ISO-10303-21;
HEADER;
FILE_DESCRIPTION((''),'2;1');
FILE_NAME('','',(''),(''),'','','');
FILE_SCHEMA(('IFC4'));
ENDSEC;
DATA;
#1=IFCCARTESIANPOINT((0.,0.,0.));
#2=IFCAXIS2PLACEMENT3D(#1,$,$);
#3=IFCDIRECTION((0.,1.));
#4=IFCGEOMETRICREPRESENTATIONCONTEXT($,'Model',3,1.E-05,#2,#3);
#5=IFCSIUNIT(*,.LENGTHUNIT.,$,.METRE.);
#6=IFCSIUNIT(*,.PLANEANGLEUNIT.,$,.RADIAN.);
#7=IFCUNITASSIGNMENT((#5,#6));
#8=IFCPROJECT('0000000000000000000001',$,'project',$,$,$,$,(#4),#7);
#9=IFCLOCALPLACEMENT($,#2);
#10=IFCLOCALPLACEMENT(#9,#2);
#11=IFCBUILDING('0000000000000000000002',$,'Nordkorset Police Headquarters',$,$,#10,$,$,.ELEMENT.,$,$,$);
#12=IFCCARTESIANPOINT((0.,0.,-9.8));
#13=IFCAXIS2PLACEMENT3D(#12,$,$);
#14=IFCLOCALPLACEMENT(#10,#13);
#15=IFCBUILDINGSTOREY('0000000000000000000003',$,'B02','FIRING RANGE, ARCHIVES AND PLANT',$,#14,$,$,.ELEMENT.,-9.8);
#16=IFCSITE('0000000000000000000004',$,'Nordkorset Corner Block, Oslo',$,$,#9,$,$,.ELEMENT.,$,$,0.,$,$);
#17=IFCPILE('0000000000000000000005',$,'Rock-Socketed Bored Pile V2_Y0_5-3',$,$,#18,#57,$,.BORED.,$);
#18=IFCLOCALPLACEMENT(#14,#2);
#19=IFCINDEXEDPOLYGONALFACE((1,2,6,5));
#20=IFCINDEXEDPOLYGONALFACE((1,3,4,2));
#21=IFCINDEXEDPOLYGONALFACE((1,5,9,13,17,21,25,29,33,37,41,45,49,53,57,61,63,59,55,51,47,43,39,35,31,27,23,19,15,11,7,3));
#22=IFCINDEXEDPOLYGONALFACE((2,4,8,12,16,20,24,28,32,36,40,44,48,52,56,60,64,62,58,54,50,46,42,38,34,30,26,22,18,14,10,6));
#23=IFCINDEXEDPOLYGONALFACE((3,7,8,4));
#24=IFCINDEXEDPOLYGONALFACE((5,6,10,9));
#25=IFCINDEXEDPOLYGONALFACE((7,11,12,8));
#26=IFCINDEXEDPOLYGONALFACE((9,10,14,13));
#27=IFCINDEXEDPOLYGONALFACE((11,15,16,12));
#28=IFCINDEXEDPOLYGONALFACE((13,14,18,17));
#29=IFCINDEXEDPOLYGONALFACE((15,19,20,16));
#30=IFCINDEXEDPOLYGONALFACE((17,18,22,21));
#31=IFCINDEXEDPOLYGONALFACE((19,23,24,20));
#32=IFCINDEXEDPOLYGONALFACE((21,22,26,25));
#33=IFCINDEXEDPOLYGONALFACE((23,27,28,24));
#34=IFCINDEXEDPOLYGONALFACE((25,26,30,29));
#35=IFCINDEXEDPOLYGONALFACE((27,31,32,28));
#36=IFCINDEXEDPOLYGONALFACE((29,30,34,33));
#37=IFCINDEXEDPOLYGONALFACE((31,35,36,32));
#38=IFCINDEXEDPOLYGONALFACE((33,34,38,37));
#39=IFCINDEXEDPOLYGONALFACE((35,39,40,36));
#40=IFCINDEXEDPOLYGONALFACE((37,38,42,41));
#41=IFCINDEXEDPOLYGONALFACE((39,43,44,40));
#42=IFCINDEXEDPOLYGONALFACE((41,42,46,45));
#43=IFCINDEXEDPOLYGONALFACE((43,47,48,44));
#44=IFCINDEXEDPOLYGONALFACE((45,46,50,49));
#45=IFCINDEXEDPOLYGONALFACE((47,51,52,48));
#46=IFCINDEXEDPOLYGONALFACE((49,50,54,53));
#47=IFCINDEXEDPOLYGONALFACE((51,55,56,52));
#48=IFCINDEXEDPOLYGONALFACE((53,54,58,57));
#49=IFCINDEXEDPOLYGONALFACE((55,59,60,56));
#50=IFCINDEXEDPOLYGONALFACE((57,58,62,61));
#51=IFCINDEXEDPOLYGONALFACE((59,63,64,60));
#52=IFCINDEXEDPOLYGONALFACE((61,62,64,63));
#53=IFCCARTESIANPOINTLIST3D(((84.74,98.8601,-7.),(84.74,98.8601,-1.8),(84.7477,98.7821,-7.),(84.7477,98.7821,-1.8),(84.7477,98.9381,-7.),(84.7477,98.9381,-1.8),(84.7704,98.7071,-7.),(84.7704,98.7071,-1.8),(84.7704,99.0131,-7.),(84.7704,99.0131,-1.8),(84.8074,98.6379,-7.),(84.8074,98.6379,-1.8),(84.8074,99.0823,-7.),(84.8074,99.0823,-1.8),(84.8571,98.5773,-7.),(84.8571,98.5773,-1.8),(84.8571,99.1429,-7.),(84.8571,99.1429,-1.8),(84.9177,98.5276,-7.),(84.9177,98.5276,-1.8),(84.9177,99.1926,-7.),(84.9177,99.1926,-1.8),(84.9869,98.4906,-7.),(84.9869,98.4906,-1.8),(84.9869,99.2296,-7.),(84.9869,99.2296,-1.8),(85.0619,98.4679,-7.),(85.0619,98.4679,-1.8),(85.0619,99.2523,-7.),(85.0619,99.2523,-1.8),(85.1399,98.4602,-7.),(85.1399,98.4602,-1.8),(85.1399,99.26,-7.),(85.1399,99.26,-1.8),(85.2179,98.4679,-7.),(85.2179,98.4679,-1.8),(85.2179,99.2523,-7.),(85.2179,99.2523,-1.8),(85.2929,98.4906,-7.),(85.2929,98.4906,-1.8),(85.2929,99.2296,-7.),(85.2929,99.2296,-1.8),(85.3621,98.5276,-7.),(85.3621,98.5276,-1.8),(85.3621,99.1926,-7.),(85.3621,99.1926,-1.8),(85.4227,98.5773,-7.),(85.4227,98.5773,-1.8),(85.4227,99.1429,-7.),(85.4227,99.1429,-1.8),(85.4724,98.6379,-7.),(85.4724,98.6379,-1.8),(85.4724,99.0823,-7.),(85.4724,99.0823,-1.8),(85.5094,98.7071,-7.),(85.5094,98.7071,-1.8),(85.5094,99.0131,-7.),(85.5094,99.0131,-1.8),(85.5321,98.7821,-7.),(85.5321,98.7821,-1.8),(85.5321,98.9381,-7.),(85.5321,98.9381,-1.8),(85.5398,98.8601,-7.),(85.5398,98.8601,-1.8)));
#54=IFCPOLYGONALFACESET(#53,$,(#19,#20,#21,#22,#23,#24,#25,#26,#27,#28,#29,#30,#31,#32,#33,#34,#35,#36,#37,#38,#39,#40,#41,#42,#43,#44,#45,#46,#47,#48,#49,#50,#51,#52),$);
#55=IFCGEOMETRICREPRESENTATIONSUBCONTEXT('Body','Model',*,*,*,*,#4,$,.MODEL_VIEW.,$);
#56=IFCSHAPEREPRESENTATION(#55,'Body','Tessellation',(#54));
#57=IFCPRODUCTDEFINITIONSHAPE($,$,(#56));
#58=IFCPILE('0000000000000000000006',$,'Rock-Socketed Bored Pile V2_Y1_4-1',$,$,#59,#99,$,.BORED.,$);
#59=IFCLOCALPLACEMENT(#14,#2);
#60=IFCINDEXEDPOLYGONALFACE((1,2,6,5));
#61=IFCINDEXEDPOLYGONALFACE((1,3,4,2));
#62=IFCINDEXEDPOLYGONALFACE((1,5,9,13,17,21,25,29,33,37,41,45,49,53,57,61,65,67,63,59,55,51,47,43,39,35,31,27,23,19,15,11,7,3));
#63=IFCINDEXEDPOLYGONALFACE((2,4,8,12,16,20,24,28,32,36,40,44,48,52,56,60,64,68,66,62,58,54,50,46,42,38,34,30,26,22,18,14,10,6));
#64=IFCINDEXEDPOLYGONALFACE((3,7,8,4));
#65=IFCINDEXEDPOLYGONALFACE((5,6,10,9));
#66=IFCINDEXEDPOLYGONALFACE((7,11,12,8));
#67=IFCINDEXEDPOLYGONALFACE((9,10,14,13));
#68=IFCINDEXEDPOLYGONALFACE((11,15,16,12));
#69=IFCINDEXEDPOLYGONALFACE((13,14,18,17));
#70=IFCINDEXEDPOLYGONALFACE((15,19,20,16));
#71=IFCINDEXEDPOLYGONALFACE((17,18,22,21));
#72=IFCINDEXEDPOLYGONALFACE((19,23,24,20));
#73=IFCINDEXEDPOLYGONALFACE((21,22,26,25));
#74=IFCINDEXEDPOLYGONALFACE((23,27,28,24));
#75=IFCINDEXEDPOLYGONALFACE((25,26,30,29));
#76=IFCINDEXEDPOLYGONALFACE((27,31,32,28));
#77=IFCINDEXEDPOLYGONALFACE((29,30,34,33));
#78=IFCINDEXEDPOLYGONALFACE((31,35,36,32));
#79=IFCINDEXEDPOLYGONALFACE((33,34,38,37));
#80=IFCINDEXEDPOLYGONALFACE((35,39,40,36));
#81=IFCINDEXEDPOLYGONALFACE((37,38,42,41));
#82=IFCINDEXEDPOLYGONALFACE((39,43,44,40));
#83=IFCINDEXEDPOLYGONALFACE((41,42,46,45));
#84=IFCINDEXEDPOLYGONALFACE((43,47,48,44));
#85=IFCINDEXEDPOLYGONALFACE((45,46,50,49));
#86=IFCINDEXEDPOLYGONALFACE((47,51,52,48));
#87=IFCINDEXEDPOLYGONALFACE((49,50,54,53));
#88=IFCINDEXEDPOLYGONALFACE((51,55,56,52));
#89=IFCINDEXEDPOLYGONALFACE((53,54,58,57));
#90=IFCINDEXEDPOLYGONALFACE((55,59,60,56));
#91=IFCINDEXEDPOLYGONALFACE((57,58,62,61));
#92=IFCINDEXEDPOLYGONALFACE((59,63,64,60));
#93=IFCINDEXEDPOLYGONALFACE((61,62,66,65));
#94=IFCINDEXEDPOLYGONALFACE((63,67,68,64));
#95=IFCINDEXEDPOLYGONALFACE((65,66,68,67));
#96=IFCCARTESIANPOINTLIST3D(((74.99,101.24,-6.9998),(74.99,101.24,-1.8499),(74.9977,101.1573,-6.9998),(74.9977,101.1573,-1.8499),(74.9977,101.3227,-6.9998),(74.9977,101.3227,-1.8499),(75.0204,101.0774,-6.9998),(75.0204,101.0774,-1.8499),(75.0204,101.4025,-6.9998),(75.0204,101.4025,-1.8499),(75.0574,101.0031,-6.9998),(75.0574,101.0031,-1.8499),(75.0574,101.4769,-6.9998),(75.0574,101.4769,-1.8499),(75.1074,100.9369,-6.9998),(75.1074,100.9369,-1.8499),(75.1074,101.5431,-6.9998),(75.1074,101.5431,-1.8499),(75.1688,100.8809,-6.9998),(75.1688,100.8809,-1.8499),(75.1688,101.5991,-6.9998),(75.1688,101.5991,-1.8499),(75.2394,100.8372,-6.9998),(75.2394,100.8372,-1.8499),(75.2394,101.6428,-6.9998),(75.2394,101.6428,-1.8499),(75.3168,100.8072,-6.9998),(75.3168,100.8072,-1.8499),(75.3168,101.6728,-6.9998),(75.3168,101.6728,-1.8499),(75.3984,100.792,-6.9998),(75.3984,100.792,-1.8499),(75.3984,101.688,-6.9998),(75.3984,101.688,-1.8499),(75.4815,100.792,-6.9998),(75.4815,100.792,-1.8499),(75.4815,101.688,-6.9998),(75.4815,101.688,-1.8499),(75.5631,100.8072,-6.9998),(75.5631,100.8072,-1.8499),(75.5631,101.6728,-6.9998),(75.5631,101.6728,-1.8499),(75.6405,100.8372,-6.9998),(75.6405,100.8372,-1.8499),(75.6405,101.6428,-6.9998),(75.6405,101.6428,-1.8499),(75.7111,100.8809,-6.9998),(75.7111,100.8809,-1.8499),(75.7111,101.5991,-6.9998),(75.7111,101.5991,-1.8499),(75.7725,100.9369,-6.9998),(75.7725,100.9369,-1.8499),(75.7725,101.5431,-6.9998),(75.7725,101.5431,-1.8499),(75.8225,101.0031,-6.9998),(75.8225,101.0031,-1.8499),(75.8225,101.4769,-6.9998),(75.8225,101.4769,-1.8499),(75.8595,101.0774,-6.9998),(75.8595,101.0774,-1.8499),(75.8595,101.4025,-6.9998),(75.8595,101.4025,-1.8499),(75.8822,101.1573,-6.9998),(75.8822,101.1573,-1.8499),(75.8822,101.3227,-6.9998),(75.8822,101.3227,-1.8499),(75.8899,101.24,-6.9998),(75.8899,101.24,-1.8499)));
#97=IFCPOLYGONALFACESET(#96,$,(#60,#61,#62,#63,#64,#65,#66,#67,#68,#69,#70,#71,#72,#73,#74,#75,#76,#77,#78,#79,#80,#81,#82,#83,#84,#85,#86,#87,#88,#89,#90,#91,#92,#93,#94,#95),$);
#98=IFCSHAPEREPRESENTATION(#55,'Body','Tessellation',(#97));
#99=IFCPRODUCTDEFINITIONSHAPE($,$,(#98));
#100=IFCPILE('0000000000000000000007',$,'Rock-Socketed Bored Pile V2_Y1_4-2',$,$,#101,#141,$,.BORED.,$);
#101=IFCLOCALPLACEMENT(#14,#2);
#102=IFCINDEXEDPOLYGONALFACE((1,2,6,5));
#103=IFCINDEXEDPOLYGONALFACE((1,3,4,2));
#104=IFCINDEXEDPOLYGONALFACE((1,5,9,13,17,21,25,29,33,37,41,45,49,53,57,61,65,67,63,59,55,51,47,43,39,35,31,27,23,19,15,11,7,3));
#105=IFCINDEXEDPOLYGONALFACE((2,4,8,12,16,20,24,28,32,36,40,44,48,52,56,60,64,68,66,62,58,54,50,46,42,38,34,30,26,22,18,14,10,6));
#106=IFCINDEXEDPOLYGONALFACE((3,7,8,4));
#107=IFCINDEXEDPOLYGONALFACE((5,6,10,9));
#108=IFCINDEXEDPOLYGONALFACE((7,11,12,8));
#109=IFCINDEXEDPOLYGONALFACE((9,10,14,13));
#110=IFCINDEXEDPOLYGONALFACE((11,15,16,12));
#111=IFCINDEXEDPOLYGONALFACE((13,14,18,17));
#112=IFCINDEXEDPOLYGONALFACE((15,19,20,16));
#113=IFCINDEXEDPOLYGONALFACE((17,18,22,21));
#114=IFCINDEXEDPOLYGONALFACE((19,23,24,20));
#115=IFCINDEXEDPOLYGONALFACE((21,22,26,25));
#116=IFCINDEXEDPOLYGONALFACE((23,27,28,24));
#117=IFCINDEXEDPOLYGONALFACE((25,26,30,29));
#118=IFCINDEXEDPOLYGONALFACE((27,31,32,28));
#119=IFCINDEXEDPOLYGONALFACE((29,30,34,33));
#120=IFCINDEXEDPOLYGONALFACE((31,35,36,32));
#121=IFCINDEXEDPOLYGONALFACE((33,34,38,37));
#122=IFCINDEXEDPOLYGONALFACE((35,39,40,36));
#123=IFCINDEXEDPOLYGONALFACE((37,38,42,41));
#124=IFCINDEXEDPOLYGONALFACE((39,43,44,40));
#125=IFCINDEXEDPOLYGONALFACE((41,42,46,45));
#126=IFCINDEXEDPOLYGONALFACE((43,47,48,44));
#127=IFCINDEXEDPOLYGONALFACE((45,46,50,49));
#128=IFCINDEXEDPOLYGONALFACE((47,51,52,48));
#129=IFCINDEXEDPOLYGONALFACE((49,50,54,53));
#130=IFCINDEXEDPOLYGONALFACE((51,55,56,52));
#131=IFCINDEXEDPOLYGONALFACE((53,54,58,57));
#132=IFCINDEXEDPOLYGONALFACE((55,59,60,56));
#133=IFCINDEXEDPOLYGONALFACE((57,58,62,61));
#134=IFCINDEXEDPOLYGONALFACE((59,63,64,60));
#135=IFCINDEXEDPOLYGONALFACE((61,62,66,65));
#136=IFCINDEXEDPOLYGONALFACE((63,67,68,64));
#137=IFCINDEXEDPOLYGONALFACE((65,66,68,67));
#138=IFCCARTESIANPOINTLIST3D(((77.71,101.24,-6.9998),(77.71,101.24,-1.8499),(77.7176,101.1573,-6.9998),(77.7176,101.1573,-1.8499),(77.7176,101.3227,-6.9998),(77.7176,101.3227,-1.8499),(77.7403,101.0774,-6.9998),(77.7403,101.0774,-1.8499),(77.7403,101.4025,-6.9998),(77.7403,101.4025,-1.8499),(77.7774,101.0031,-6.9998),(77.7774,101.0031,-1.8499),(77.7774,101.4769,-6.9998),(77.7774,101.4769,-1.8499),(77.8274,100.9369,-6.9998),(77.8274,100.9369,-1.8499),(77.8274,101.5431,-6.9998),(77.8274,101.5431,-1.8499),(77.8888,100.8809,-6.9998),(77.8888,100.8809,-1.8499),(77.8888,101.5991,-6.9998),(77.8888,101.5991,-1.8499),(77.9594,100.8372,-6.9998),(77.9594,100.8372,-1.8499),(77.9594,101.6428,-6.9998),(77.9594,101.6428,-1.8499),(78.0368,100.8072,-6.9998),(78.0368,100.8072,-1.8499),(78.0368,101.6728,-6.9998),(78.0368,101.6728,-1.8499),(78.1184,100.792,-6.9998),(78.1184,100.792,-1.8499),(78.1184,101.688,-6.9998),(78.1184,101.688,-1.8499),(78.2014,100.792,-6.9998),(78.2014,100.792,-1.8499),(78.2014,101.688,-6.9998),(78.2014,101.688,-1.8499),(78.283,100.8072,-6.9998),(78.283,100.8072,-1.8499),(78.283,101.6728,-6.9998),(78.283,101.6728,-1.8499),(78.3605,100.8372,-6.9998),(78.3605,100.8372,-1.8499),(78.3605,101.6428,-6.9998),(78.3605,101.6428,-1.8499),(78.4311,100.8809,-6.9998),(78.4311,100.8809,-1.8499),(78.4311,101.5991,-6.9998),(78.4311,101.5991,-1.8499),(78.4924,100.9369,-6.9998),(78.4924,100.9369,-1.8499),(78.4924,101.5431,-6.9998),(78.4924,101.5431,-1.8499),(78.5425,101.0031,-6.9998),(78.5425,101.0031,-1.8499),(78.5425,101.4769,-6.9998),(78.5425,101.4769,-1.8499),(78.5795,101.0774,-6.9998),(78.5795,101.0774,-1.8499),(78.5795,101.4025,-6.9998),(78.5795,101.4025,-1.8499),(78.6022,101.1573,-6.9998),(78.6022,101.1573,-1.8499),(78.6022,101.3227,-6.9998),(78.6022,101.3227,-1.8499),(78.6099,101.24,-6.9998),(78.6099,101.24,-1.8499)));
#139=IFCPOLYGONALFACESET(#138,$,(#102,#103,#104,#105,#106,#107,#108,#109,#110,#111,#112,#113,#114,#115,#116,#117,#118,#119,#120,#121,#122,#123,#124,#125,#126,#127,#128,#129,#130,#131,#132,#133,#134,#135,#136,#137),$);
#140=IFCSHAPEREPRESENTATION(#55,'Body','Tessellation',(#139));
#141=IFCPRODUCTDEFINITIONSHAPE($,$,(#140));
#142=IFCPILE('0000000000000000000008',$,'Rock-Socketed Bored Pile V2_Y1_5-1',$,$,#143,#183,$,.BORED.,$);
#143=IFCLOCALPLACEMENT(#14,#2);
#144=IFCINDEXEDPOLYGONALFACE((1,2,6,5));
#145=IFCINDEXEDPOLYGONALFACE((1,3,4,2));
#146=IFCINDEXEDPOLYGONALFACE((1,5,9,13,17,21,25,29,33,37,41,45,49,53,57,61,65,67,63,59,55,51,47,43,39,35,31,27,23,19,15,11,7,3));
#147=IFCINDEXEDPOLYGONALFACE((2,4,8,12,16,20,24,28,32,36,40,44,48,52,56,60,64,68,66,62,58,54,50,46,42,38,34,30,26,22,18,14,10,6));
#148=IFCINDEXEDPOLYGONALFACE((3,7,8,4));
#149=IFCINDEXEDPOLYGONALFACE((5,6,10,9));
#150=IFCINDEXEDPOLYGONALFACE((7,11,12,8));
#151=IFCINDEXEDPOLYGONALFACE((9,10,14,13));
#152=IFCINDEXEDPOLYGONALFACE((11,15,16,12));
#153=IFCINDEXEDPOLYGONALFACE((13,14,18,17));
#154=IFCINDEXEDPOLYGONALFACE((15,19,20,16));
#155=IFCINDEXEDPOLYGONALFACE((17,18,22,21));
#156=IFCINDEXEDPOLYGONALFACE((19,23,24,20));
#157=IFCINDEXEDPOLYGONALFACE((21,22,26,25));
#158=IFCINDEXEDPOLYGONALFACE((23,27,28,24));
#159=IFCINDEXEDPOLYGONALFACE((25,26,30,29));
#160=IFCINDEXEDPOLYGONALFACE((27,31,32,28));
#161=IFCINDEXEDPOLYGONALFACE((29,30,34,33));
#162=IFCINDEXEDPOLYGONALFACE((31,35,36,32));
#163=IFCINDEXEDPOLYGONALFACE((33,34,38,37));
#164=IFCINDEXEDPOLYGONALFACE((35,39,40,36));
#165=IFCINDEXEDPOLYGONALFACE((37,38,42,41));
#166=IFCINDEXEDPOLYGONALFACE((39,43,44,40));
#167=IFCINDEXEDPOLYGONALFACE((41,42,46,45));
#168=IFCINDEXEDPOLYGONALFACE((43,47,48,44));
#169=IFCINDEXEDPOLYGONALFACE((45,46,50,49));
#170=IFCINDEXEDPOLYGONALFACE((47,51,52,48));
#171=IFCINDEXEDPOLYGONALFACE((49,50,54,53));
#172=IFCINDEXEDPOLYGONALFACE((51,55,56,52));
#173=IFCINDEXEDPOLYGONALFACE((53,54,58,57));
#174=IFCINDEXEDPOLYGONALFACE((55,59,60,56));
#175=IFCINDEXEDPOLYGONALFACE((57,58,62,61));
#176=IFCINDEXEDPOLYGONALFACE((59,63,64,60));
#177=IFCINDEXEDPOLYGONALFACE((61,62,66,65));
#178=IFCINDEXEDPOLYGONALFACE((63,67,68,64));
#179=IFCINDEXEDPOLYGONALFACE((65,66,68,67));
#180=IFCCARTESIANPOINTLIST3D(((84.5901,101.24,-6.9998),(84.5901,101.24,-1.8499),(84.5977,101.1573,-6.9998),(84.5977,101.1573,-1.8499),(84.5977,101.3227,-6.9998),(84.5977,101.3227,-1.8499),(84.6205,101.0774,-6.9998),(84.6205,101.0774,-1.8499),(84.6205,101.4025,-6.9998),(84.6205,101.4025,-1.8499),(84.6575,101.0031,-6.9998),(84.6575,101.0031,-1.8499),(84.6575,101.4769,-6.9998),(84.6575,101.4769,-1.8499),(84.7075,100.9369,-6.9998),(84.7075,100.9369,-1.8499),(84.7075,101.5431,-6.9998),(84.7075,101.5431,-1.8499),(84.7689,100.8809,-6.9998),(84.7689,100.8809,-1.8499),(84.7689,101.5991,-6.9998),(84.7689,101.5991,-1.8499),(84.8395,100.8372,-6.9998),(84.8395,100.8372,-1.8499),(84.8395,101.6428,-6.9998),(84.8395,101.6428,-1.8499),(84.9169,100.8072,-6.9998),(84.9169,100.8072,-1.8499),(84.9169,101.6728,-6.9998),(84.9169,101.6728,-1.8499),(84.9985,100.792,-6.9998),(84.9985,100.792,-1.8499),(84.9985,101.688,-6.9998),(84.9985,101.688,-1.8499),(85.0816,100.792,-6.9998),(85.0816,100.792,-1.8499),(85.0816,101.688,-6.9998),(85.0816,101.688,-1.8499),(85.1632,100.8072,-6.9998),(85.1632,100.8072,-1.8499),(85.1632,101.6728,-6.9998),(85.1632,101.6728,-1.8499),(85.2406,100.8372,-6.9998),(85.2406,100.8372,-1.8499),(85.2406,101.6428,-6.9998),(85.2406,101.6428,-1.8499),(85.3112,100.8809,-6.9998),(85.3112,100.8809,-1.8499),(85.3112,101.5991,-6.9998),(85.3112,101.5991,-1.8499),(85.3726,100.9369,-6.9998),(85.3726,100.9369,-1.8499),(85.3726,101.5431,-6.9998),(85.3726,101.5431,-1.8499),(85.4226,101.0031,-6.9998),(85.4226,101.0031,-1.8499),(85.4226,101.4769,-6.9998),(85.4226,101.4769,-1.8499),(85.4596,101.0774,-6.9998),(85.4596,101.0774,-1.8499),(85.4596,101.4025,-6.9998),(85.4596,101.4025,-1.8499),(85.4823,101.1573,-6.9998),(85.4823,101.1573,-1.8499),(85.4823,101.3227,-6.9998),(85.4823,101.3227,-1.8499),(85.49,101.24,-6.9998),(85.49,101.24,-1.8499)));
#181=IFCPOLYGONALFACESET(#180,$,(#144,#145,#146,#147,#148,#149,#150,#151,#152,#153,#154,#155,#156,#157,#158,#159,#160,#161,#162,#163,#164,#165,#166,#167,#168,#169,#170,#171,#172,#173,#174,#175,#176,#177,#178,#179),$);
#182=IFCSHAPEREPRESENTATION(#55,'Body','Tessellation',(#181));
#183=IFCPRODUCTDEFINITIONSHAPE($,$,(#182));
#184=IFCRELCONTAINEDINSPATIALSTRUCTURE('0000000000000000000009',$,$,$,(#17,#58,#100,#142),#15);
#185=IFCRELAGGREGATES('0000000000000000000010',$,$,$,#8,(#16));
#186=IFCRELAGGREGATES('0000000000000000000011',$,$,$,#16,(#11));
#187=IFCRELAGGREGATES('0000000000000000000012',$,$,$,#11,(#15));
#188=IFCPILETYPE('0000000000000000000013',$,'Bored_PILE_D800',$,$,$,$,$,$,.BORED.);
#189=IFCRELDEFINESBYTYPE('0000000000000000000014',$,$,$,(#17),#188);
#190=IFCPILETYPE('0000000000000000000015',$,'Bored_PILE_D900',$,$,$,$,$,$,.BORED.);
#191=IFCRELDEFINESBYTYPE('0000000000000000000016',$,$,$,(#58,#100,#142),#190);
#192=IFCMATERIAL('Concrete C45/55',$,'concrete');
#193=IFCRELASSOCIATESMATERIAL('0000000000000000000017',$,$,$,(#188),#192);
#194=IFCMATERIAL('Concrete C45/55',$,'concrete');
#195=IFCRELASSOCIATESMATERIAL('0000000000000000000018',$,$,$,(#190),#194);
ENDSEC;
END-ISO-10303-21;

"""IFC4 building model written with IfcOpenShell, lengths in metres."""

from ifc_helpers import new_model, si_unit, direction, frame, origin, origin_2d, place, context, subcontext, project, spatial, circle, extrude, material, material_profile, profile_set, type_object, element, save


model = new_model("IFC4")

# Units and contexts
model_context = context("Model", 3, precision=1e-05, world=origin(), true_north=direction((0.0, 1.0)))
body_context = subcontext(model_context, "Body", "Model", "MODEL_VIEW")
ifc_project = project(units=[si_unit("LENGTHUNIT", "METRE"), si_unit("PLANEANGLEUNIT", "RADIAN")], contexts=[model_context])

# Site, building, storey
site_placement = place(None, origin())
site = spatial("IfcSite", under=ifc_project, at=site_placement, Name="Nordkorset Corner Block, Oslo", CompositionType="ELEMENT", RefElevation=0.0)
building_placement = place(site_placement, origin())
building = spatial("IfcBuilding", under=site, at=building_placement, Name="Nordkorset Police Headquarters", CompositionType="ELEMENT")
storey_placement = place(building_placement, frame((0.0, 0.0, -9.8)))
storey = spatial("IfcBuildingStorey", under=building, at=storey_placement, Name="B02", Description="FIRING RANGE, ARCHIVES AND PLANT", CompositionType="ELEMENT", Elevation=-9.8)

# Piles
ifc_material_1 = material(Name="Concrete C45/55", Category="concrete")
ifc_material_profile_1 = material_profile(ifc_material_1, circle(Radius=0.3999, at=origin_2d()), Name="PILE D800")
ifc_profile_set_1 = profile_set([ifc_material_profile_1], Name="Concrete C45/55")
pile_type_1 = type_object("IfcPileType", Name="Bored_PILE_D800", PredefinedType="BORED", material=ifc_profile_set_1)
for number, where, z_axis, x_axis, name in (
    (1, (85.1399, 98.8601, -1.8), (0.0, 0.0, -1.0), (1.0, 0.0, 0.0), "Rock-Socketed Bored Pile V2_Y0_5-3"),
):
    element("IfcPile", number, at=place(storey_placement, frame(where, z_axis=z_axis, x_axis=x_axis)), inside=storey, type_object=pile_type_1, Name=name, PredefinedType="BORED", context=body_context, shape_type="SweptSolid", body=[
        extrude(circle(Radius=0.3999, at=origin_2d()), origin(), (0.0, 0.0, 1.0), 5.2),
    ])
ifc_material_2 = material(Name="Concrete C45/55", Category="concrete")
ifc_material_profile_2 = material_profile(ifc_material_2, circle(Radius=0.45, at=origin_2d()), Name="PILE D900")
ifc_profile_set_2 = profile_set([ifc_material_profile_2], Name="Concrete C45/55")
pile_type_2 = type_object("IfcPileType", Name="Bored_PILE_D900", PredefinedType="BORED", material=ifc_profile_set_2)
for number, where, z_axis, x_axis, name in (
    (2, (75.4399, 101.24, -1.8499), (0.0, 0.0, -1.0), (1.0, 0.0, 0.0), "Rock-Socketed Bored Pile V2_Y1_4-1"),
    (3, (78.1599, 101.24, -1.8499), (0.0, 0.0, -1.0), (1.0, 0.0, 0.0), "Rock-Socketed Bored Pile V2_Y1_4-2"),
    (4, (85.04, 101.24, -1.8499), (0.0, 0.0, -1.0), (1.0, 0.0, 0.0), "Rock-Socketed Bored Pile V2_Y1_5-1"),
):
    element("IfcPile", number, at=place(storey_placement, frame(where, z_axis=z_axis, x_axis=x_axis)), inside=storey, type_object=pile_type_2, Name=name, PredefinedType="BORED", context=body_context, shape_type="SweptSolid", body=[
        extrude(circle(Radius=0.45, at=origin_2d()), origin(), (0.0, 0.0, 1.0), 5.1499),
    ])

save(model, "model.ifc")
